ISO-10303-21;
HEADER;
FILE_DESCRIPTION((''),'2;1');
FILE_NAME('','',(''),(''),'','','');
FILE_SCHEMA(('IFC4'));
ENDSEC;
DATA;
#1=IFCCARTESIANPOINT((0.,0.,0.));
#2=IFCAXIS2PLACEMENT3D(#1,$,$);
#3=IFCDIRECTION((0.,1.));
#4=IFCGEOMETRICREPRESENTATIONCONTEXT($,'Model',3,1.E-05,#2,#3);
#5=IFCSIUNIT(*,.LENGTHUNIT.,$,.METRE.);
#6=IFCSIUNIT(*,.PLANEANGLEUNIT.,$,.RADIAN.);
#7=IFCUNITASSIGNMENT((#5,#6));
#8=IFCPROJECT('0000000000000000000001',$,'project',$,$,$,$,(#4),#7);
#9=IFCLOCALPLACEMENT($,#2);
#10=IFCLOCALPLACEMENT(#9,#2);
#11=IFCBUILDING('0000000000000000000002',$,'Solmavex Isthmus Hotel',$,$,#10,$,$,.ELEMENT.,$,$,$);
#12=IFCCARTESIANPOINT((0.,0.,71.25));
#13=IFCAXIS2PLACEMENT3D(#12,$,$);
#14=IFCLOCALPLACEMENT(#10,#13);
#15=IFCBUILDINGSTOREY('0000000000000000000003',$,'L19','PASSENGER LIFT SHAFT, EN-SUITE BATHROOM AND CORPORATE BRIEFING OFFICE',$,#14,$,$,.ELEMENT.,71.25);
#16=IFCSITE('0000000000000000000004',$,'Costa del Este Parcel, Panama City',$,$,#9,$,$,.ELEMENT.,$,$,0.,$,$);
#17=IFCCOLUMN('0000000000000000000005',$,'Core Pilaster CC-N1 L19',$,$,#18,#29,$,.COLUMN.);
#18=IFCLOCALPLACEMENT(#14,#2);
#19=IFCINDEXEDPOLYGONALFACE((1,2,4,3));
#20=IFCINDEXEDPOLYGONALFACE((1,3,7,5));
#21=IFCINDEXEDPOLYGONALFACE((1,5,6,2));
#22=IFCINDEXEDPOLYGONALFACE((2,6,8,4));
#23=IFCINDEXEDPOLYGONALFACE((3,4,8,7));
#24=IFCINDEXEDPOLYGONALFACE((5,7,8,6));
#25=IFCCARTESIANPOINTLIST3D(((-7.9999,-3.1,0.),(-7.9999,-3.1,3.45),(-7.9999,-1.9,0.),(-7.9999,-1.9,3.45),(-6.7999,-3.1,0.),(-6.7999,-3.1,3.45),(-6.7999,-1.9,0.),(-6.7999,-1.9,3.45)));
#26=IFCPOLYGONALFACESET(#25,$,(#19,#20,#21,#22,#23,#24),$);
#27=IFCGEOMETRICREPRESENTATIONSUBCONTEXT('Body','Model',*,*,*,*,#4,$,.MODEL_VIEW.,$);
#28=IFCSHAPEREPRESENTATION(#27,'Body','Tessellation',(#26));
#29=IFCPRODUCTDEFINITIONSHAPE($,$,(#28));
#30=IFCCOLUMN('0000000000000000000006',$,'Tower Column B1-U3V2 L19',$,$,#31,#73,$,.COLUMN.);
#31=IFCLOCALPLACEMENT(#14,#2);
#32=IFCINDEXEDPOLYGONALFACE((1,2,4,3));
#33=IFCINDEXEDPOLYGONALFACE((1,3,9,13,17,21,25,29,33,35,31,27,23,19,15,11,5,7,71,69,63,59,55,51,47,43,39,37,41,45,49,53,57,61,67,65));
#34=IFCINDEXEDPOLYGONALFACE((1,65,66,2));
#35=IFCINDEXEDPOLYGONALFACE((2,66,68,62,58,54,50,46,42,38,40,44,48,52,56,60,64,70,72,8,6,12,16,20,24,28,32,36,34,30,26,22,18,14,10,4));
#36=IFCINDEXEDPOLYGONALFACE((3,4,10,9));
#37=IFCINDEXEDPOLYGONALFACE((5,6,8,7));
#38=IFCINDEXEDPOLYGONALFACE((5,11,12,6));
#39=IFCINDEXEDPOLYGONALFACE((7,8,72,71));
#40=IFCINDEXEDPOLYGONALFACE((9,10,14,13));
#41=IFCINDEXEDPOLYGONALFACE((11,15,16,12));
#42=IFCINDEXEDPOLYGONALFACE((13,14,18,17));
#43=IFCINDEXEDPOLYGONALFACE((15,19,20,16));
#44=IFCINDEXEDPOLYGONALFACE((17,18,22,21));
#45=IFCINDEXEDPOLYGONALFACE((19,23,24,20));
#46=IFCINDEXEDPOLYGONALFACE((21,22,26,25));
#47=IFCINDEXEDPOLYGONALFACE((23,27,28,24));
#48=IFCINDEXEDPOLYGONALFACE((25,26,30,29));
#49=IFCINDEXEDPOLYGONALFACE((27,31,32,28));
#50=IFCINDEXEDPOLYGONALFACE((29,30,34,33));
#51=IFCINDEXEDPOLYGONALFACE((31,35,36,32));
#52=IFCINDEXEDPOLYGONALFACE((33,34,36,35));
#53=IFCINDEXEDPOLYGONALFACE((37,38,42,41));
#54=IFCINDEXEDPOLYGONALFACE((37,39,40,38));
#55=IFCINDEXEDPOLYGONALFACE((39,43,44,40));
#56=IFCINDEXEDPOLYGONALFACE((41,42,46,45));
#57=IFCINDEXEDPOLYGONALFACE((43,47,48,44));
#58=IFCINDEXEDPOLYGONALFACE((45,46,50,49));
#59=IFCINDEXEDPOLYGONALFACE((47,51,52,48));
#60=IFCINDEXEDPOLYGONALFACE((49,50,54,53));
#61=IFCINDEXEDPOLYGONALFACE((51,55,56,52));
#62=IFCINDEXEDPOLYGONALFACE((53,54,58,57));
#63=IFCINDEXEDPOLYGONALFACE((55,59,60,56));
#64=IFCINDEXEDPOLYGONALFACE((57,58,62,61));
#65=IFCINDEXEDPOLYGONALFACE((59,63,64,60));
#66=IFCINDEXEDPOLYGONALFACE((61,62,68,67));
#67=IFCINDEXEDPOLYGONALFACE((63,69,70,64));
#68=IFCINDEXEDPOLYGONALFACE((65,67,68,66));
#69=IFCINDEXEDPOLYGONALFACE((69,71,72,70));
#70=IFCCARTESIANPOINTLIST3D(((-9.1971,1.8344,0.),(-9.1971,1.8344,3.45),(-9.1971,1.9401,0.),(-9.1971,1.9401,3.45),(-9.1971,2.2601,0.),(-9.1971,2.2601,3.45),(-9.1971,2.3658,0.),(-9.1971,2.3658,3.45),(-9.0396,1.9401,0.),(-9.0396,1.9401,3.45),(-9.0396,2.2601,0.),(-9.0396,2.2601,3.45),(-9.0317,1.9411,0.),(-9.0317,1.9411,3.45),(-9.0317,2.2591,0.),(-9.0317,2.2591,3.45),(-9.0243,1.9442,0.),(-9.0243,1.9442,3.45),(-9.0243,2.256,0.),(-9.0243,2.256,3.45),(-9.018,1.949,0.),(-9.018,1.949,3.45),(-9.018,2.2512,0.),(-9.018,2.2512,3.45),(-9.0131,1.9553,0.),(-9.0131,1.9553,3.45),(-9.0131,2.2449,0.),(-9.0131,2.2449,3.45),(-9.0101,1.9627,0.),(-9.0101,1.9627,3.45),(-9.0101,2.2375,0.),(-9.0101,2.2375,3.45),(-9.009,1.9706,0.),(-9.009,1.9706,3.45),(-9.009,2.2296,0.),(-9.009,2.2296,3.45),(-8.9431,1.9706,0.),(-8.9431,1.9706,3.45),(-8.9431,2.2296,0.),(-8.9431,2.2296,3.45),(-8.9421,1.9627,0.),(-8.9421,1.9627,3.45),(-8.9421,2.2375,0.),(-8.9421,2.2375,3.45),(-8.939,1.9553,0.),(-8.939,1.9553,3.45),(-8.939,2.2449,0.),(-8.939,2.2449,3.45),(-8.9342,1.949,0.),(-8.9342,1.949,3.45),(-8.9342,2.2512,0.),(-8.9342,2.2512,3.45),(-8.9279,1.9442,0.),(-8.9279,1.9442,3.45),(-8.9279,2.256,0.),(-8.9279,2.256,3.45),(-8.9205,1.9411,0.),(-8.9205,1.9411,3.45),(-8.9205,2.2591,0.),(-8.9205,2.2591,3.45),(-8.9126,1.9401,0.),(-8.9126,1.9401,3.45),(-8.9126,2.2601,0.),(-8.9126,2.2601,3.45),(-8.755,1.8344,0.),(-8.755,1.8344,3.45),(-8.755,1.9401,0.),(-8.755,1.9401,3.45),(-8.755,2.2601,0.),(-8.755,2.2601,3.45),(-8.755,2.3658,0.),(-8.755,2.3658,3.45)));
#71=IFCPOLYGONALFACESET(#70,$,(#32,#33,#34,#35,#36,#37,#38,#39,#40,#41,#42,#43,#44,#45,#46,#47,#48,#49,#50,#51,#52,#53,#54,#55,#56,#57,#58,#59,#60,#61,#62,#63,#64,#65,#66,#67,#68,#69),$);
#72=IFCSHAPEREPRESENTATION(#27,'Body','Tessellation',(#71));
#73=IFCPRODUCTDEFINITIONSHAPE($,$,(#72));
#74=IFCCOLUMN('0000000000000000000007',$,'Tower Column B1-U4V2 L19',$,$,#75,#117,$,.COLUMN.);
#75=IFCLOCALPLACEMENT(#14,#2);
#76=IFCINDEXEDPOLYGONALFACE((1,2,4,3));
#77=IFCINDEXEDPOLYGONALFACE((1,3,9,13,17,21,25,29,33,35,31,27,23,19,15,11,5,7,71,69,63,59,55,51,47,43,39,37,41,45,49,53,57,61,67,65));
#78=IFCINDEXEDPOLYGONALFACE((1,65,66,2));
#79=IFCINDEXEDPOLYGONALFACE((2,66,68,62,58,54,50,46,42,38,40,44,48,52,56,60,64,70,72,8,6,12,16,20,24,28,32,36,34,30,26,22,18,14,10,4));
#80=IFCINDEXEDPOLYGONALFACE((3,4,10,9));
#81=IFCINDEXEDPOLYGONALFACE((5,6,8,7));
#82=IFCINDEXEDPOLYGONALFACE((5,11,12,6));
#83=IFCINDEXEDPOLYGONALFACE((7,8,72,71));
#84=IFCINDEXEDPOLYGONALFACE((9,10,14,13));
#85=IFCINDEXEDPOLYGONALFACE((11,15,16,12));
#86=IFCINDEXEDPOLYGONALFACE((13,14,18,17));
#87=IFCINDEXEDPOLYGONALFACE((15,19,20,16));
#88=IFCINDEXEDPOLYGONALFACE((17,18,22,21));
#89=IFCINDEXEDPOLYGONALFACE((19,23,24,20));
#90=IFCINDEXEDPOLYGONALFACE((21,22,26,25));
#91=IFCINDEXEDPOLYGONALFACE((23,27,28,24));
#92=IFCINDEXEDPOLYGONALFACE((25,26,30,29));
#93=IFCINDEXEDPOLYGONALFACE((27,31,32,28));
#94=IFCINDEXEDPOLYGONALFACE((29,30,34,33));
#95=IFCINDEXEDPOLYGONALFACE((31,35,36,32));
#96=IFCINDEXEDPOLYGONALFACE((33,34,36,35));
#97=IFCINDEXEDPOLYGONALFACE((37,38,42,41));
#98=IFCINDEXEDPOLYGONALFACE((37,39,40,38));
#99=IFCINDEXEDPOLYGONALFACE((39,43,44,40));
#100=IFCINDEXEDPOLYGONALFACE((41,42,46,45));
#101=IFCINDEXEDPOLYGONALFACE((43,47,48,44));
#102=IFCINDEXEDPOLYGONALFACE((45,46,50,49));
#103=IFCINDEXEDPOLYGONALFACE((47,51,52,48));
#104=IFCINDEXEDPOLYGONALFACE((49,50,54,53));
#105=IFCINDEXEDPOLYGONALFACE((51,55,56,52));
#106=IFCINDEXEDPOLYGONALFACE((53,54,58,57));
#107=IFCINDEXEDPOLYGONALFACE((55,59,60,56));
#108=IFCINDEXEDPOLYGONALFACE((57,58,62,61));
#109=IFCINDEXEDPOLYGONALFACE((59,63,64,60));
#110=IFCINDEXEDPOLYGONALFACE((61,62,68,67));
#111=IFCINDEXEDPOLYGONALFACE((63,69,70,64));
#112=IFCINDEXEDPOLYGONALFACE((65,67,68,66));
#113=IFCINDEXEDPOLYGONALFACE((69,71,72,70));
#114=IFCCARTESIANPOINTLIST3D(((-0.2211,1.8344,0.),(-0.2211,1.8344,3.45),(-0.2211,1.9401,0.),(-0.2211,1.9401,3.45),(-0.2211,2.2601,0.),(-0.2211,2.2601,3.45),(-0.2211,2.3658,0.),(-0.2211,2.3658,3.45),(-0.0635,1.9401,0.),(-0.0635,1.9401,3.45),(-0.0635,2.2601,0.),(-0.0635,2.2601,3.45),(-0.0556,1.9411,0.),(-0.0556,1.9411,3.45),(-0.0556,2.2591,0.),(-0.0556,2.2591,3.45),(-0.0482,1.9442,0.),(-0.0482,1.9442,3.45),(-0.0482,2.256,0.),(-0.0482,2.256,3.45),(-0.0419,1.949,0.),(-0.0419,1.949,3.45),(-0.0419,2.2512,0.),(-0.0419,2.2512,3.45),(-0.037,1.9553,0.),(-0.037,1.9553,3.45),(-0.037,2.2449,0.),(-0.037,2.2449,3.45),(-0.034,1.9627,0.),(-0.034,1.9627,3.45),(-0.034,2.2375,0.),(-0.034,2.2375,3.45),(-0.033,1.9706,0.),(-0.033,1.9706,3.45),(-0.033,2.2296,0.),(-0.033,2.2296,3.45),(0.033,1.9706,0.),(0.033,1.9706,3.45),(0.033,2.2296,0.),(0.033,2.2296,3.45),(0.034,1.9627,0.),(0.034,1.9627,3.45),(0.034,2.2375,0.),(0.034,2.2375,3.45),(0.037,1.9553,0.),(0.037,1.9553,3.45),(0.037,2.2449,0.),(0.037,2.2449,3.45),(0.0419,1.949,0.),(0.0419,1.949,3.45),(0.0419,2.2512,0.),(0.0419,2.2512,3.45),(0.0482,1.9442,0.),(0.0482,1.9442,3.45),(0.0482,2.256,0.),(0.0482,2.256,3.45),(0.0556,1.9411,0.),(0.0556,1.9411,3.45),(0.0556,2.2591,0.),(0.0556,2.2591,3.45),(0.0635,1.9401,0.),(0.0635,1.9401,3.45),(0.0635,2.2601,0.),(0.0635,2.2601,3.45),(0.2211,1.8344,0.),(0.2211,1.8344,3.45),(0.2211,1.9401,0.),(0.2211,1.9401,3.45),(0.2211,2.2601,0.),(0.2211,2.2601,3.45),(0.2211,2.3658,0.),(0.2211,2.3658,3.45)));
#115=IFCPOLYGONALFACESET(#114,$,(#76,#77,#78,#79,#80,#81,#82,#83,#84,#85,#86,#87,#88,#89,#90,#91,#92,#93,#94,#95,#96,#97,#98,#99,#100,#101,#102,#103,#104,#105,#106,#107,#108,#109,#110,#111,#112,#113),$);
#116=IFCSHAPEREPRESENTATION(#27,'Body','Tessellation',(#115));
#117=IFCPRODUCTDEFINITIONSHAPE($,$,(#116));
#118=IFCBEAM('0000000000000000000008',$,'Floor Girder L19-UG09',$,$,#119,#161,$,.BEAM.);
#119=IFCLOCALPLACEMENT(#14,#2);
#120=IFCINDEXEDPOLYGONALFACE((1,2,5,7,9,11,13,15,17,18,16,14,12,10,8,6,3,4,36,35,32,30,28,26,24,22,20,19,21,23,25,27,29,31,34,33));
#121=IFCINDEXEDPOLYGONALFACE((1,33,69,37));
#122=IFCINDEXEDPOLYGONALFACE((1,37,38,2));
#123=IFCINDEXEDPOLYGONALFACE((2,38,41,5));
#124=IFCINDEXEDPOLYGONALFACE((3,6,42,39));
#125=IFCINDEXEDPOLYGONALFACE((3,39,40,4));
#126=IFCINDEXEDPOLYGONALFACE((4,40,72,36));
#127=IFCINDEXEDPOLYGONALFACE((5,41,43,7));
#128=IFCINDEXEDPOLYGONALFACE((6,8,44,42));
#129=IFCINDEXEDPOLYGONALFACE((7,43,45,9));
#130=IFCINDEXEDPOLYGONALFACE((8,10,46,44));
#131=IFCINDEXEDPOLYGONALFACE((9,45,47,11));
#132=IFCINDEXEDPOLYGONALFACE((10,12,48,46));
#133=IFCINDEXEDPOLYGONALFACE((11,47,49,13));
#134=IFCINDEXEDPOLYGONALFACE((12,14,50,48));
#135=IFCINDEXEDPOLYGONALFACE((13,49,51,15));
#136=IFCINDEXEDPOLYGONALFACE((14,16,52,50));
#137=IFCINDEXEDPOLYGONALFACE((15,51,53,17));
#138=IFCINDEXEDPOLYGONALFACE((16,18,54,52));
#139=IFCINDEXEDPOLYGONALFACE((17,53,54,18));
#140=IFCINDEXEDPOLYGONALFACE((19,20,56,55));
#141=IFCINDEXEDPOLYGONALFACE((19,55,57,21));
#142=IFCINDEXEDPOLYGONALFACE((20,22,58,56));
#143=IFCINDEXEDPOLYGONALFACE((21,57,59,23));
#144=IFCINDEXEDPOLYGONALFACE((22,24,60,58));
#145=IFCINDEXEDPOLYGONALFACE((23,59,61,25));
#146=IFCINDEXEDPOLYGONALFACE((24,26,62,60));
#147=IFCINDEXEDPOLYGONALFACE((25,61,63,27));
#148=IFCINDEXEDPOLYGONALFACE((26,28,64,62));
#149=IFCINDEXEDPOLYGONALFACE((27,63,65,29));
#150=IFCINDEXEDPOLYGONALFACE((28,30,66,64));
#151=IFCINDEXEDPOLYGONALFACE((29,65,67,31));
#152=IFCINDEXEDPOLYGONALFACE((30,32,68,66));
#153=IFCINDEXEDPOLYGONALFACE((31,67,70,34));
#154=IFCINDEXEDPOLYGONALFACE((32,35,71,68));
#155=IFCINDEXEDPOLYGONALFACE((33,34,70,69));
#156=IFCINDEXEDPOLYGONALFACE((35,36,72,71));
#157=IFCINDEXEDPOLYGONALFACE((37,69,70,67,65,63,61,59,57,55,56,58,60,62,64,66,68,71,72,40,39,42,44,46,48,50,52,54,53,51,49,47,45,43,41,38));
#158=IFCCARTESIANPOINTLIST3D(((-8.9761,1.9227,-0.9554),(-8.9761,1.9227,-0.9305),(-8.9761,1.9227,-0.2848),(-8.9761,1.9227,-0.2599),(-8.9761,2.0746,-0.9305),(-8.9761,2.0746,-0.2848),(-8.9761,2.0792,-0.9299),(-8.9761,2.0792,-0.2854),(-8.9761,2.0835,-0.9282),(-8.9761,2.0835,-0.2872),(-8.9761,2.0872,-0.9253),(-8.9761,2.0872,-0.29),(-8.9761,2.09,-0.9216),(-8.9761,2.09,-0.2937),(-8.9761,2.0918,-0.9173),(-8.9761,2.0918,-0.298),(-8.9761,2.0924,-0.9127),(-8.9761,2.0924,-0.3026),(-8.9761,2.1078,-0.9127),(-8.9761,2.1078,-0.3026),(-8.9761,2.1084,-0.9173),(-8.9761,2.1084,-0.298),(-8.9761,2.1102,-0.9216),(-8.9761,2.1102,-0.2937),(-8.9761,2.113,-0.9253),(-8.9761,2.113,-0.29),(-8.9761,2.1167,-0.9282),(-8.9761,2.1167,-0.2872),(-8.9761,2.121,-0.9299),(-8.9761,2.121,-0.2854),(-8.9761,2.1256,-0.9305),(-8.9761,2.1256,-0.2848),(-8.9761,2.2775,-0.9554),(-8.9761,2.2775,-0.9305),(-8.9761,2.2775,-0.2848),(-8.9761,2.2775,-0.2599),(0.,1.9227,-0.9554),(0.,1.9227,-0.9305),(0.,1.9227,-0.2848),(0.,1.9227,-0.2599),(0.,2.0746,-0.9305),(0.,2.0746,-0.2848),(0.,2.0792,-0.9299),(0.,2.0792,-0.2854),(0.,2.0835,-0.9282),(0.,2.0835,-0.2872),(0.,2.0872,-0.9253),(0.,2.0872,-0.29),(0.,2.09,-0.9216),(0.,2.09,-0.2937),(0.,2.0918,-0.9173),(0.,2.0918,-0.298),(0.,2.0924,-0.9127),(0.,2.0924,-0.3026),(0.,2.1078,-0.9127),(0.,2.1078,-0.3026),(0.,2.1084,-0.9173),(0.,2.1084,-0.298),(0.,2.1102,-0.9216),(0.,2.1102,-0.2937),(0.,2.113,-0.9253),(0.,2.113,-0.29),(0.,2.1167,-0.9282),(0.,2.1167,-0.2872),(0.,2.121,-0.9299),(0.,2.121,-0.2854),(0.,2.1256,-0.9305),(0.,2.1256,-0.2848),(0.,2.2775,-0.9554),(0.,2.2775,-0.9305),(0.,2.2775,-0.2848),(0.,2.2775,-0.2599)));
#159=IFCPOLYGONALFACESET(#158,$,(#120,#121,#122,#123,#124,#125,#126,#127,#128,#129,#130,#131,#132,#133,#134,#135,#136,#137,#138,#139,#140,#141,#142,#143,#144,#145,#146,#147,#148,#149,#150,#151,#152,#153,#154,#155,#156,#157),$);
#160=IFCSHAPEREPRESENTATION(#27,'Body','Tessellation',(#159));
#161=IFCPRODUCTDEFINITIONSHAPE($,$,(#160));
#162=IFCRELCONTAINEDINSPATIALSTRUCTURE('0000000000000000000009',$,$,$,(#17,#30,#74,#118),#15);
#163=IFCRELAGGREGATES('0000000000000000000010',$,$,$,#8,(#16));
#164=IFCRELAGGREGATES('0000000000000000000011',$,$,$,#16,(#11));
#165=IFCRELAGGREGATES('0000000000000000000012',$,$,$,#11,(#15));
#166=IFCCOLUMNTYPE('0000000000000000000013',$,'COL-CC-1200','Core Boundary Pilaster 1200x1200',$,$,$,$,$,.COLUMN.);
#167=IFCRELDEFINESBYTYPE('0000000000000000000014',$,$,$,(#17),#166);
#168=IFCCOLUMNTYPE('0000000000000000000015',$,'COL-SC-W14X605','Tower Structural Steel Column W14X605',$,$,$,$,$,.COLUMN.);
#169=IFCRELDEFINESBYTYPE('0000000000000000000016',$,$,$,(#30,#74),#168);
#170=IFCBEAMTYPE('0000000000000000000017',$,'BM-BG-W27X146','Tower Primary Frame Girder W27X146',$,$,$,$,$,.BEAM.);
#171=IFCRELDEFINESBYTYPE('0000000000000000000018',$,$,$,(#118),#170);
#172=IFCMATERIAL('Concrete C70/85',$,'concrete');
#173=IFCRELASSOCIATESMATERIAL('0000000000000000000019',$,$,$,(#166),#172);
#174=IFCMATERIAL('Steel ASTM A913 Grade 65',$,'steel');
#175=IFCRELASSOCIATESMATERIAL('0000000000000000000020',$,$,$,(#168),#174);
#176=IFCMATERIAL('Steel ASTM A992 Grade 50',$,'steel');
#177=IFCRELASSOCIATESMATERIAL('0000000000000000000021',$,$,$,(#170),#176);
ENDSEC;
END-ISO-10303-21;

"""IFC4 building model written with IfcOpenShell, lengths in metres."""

from ifc_helpers import new_model, si_unit, direction, frame, origin, origin_2d, place, context, subcontext, project, spatial, rectangle, i_section, extrude, material, material_profile, profile_set, type_object, element, save


model = new_model("IFC4")

# Units and contexts
model_context = context("Model", 3, precision=1e-05, world=origin(), true_north=direction((0.0, 1.0)))
body_context = subcontext(model_context, "Body", "Model", "MODEL_VIEW")
ifc_project = project(units=[si_unit("LENGTHUNIT", "METRE"), si_unit("PLANEANGLEUNIT", "RADIAN")], contexts=[model_context])

# Site, building, storey
site_placement = place(None, origin())
site = spatial("IfcSite", under=ifc_project, at=site_placement, Name="Costa del Este Parcel, Panama City", CompositionType="ELEMENT", RefElevation=0.0)
building_placement = place(site_placement, origin())
building = spatial("IfcBuilding", under=site, at=building_placement, Name="Solmavex Isthmus Hotel", CompositionType="ELEMENT")
storey_placement = place(building_placement, frame((0.0, 0.0, 71.25)))
storey = spatial("IfcBuildingStorey", under=building, at=storey_placement, Name="L19", Description="PASSENGER LIFT SHAFT, EN-SUITE BATHROOM AND CORPORATE BRIEFING OFFICE", CompositionType="ELEMENT", Elevation=71.25)

# Columns
ifc_material_1 = material(Name="Concrete C70/85", Category="concrete")
ifc_material_profile_1 = material_profile(ifc_material_1, rectangle(XDim=1.2, YDim=1.2, at=origin_2d()), Name="RC1200X1200")
ifc_profile_set_1 = profile_set([ifc_material_profile_1], Name="Concrete C70/85")
column_type_1 = type_object("IfcColumnType", Name="COL-CC-1200", Description="Core Boundary Pilaster 1200x1200", PredefinedType="COLUMN", material=ifc_profile_set_1)
column_placement = place(storey_placement, frame((-7.3999, -2.5, 0.0), z_axis=(0.0, 0.0, 1.0), x_axis=(1.0, 0.0, 0.0)))
element("IfcColumn", 1, at=column_placement, inside=storey, type_object=column_type_1, Name="Core Pilaster CC-N1 L19", PredefinedType="COLUMN", context=body_context, shape_type="SweptSolid", body=[
    extrude(rectangle(XDim=1.2, YDim=1.2, at=origin_2d()), origin(), (0.0, 0.0, 1.0), 3.45),
])
ifc_material_2 = material(Name="Steel ASTM A913 Grade 65", Category="steel")
ifc_material_profile_2 = material_profile(ifc_material_2, i_section(OverallWidth=0.4421, OverallDepth=0.5315, WebThickness=0.0659, FlangeThickness=0.1057, FilletRadius=0.0305, at=origin_2d()), Name="W14X605")
ifc_profile_set_2 = profile_set([ifc_material_profile_2], Name="Steel ASTM A913 Grade 65")
column_type_2 = type_object("IfcColumnType", Name="COL-SC-W14X605", Description="Tower Structural Steel Column W14X605", PredefinedType="COLUMN", material=ifc_profile_set_2)
for number, where, z_axis, x_axis, name in (
    (2, (-8.9761, 2.1001, 0.0), (0.0, 0.0, 1.0), (1.0, 0.0, 0.0), "Tower Column B1-U3V2 L19"),
    (3, (0.0, 2.1001, 0.0), (0.0, 0.0, 1.0), (1.0, 0.0, 0.0), "Tower Column B1-U4V2 L19"),
):
    element("IfcColumn", number, at=place(storey_placement, frame(where, z_axis=z_axis, x_axis=x_axis)), inside=storey, type_object=column_type_2, Name=name, PredefinedType="COLUMN", context=body_context, shape_type="SweptSolid", body=[
        extrude(i_section(OverallWidth=0.4421, OverallDepth=0.5315, WebThickness=0.0659, FlangeThickness=0.1057, FilletRadius=0.0305, at=origin_2d()), origin(), (0.0, 0.0, 1.0), 3.45),
    ])

# Beam
ifc_material_3 = material(Name="Steel ASTM A992 Grade 50", Category="steel")
ifc_material_profile_3 = material_profile(ifc_material_3, i_section(OverallWidth=0.3547, OverallDepth=0.6956, WebThickness=0.0154, FlangeThickness=0.0249, FilletRadius=0.0178, at=origin_2d()), Name="W27X146")
ifc_profile_set_3 = profile_set([ifc_material_profile_3], Name="Steel ASTM A992 Grade 50")
beam_type_1 = type_object("IfcBeamType", Name="BM-BG-W27X146", Description="Tower Primary Frame Girder W27X146", PredefinedType="BEAM", material=ifc_profile_set_3)
for number, where, z_axis, x_axis, name in (
    (4, (-8.9761, 2.1001, -0.6077), (1.0, 0.0, 0.0), (0.0, 1.0, 0.0), "Floor Girder L19-UG09"),
):
    element("IfcBeam", number, at=place(storey_placement, frame(where, z_axis=z_axis, x_axis=x_axis)), inside=storey, type_object=beam_type_1, Name=name, PredefinedType="BEAM", context=body_context, shape_type="SweptSolid", body=[
        extrude(i_section(OverallWidth=0.3547, OverallDepth=0.6956, WebThickness=0.0154, FlangeThickness=0.0249, FilletRadius=0.0178, at=origin_2d()), origin(), (0.0, 0.0, 1.0), 8.9761),
    ])

save(model, "model.ifc")
